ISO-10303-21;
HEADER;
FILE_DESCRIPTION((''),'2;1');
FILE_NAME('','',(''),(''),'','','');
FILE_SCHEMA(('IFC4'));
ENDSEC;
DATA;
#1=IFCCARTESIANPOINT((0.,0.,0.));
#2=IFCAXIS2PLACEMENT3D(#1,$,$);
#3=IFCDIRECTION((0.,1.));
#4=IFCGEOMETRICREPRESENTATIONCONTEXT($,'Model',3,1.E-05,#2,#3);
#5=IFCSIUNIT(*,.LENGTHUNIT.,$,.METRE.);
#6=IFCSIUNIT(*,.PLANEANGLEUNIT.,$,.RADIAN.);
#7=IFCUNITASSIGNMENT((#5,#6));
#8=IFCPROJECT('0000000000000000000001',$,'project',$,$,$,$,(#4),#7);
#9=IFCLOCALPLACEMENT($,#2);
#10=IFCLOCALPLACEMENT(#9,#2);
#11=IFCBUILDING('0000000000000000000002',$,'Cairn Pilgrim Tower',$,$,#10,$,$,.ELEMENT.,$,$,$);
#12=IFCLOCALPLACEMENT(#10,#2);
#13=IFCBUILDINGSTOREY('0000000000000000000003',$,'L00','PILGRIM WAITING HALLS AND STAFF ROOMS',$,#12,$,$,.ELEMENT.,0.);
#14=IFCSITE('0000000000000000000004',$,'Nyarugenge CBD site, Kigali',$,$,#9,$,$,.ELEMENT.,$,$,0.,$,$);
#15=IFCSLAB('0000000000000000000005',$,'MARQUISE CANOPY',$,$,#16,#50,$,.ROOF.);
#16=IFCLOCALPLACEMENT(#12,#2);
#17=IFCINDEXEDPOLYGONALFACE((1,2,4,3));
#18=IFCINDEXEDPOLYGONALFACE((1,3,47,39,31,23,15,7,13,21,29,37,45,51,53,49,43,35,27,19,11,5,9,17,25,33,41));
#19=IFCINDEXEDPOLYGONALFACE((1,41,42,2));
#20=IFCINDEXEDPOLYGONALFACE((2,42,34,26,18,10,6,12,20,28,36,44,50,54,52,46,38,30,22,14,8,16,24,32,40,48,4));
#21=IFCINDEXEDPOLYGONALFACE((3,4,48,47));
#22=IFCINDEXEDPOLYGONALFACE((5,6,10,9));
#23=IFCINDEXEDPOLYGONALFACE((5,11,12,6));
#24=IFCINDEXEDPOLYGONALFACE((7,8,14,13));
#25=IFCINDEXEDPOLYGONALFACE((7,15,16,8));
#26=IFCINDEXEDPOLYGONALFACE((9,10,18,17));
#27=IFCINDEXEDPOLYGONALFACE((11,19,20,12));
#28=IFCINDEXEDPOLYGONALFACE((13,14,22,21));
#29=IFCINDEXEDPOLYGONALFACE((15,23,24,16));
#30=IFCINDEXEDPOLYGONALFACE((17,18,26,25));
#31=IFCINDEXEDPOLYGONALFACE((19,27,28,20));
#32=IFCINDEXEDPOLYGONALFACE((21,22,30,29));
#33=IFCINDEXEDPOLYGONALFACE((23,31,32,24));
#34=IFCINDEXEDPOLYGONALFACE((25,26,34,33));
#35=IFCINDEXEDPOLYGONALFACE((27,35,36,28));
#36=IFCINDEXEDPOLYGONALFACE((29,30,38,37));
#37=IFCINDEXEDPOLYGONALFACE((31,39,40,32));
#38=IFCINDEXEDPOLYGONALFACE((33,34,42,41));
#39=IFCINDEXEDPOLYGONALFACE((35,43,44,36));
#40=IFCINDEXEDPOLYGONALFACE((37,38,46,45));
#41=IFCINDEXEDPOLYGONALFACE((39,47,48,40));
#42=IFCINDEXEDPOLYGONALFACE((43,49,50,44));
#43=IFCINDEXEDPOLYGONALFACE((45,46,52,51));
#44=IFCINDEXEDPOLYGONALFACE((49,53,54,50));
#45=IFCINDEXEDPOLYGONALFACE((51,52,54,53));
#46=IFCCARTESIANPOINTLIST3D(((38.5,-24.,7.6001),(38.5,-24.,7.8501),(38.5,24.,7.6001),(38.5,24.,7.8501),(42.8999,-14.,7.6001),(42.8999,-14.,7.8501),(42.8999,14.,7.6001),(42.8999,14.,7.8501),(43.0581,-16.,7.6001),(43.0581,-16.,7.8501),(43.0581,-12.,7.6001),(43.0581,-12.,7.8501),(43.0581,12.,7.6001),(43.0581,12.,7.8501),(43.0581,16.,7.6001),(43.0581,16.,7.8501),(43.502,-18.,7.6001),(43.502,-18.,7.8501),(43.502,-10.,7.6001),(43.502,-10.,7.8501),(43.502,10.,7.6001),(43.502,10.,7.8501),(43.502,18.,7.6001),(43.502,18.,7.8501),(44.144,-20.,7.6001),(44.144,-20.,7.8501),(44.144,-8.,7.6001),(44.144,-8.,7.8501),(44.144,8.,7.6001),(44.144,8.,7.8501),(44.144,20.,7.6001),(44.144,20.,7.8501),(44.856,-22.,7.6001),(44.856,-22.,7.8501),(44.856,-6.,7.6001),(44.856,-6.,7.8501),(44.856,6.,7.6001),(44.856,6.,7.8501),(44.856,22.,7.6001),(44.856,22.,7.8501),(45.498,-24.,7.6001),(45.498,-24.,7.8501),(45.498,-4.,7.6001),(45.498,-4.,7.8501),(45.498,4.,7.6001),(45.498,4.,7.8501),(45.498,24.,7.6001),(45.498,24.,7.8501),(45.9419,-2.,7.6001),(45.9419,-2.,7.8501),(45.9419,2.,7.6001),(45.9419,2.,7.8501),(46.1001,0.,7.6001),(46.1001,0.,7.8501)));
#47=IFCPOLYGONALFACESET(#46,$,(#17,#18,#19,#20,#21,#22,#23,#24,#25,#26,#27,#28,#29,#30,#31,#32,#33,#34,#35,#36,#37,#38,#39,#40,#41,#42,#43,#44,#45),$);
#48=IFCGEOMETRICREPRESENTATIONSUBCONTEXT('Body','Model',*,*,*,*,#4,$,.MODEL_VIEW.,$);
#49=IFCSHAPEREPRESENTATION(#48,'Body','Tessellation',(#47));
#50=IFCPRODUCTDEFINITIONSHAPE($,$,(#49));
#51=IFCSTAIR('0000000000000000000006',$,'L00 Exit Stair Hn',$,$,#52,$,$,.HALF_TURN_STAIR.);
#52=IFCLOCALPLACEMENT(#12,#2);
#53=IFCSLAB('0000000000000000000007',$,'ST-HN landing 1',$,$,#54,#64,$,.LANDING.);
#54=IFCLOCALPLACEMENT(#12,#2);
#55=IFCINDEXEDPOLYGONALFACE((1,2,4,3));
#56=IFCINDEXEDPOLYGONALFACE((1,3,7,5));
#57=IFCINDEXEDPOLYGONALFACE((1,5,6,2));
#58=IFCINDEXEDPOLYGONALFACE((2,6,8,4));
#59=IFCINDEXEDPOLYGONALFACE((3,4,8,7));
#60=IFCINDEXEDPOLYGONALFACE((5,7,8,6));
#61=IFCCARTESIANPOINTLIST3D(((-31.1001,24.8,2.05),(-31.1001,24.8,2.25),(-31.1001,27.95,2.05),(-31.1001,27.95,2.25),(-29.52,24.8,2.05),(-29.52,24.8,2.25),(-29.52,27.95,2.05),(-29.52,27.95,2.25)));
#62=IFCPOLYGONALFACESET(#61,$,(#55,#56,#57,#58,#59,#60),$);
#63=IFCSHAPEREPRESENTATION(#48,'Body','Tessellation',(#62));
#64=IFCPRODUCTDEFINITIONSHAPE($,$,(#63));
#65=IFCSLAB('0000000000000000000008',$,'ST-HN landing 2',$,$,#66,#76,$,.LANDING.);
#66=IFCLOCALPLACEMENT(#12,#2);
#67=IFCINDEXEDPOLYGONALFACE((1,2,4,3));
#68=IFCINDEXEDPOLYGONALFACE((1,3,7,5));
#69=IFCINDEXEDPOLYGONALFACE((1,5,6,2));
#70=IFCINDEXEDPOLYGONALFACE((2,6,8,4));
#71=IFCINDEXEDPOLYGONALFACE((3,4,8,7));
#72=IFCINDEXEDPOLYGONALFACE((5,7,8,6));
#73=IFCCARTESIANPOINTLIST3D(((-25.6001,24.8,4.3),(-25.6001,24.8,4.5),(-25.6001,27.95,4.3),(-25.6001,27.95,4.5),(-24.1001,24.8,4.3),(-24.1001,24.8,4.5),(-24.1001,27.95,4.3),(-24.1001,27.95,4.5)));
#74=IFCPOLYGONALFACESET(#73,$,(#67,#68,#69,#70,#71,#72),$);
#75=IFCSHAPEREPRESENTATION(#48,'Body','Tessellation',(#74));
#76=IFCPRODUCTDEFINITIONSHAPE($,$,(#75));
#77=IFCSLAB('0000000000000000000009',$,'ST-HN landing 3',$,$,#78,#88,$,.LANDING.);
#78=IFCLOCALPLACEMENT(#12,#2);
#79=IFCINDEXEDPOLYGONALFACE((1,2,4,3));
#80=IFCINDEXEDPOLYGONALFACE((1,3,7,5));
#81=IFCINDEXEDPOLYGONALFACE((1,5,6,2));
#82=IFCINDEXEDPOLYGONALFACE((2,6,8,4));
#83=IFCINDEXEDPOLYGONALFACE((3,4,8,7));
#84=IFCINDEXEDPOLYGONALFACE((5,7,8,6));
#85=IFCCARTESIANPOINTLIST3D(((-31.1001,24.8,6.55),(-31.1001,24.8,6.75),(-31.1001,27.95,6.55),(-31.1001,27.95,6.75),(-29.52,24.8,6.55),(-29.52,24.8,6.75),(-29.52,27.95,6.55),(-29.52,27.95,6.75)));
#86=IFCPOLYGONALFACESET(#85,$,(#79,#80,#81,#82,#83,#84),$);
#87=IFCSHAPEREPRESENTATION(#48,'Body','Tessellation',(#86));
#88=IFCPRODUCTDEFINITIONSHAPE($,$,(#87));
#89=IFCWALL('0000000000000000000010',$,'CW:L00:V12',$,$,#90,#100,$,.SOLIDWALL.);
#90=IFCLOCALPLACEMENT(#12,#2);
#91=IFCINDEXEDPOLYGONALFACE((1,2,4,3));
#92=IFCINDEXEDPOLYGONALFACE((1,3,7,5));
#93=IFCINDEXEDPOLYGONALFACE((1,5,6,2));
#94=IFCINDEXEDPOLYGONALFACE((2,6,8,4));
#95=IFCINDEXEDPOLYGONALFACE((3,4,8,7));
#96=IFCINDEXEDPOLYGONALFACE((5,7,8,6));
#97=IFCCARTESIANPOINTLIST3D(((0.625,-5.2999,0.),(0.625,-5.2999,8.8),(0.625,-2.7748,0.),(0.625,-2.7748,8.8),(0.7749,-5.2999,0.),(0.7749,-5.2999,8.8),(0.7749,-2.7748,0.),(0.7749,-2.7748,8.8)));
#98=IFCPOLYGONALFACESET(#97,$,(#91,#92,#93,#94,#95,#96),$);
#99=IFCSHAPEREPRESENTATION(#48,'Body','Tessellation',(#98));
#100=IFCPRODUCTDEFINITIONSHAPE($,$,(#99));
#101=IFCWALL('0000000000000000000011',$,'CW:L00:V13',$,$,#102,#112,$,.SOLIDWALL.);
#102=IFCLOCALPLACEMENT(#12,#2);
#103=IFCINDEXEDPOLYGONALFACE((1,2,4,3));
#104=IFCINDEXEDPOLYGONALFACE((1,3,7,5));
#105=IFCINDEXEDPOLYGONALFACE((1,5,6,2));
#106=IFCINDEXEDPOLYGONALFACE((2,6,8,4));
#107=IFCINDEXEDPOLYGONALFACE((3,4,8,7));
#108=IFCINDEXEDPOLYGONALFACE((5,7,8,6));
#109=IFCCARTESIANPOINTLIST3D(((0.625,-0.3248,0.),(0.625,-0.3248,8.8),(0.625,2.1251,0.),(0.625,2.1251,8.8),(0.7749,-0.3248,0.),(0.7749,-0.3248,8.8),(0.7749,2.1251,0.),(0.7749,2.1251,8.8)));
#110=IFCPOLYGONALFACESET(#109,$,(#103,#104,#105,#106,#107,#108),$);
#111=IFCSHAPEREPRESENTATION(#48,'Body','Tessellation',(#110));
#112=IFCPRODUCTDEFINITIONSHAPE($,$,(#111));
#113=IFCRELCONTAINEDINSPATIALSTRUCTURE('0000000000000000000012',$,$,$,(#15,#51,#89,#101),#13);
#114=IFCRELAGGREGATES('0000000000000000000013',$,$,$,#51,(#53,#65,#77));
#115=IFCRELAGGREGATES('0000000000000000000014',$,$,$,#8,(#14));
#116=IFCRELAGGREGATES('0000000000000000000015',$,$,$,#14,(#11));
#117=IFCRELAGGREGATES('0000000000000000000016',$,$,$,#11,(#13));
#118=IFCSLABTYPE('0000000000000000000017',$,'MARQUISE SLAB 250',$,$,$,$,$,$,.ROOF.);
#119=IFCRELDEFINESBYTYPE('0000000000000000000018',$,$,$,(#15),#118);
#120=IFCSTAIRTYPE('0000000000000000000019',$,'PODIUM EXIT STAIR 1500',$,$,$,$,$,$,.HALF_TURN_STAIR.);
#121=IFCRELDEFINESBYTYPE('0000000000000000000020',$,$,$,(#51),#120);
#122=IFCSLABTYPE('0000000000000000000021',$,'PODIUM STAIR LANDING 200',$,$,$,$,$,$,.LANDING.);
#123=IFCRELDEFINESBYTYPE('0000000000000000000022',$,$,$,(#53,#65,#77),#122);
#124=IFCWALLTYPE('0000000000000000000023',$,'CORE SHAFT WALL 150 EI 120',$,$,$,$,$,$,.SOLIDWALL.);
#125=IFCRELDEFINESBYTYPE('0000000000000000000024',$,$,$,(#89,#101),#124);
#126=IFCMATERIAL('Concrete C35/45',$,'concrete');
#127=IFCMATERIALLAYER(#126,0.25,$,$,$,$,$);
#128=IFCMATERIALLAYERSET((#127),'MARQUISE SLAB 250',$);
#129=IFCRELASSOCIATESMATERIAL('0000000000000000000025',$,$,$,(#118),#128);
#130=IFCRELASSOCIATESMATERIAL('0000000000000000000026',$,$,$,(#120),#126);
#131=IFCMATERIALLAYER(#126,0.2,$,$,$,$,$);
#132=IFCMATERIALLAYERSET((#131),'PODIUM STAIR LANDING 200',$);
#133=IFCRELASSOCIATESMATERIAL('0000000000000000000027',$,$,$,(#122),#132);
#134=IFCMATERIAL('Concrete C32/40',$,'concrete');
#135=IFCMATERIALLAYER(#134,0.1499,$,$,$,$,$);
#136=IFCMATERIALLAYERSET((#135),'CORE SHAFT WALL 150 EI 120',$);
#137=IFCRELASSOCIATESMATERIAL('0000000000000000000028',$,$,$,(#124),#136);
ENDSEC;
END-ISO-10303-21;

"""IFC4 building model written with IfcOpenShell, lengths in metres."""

from ifc_helpers import new_model, si_unit, direction, frame, frame_2d, origin, place, context, subcontext, project, spatial, polyline, rectangle, outline, extrude, material, layer, layer_set, type_object, element, aggregate, save


model = new_model("IFC4")

# Units and contexts
model_context = context("Model", 3, precision=1e-05, world=origin(), true_north=direction((0.0, 1.0)))
body_context = subcontext(model_context, "Body", "Model", "MODEL_VIEW")
ifc_project = project(units=[si_unit("LENGTHUNIT", "METRE"), si_unit("PLANEANGLEUNIT", "RADIAN")], contexts=[model_context])

# Site, building, storey
site_placement = place(None, origin())
site = spatial("IfcSite", under=ifc_project, at=site_placement, Name="Nyarugenge CBD site, Kigali", CompositionType="ELEMENT", RefElevation=0.0)
building_placement = place(site_placement, origin())
building = spatial("IfcBuilding", under=site, at=building_placement, Name="Cairn Pilgrim Tower", CompositionType="ELEMENT")
storey_placement = place(building_placement, origin())
storey = spatial("IfcBuildingStorey", under=building, at=storey_placement, Name="L00", Description="PILGRIM WAITING HALLS AND STAFF ROOMS", CompositionType="ELEMENT", Elevation=0.0)

# Slab
ifc_material_1 = material(Name="Concrete C32/40", Category="concrete")
ifc_material_2 = material(Name="Concrete C35/45", Category="concrete")
ifc_layer_1 = layer(ifc_material_2, 0.25)
ifc_layer_set_1 = layer_set([ifc_layer_1], Name="MARQUISE SLAB 250")
slab_type_1 = type_object("IfcSlabType", Name="MARQUISE SLAB 250", PredefinedType="ROOF", material=ifc_layer_set_1)
slab_1_placement = place(storey_placement, frame((0.0, 0.0, 7.6001)))
element("IfcSlab", 1, at=slab_1_placement, inside=storey, type_object=slab_type_1, Name="MARQUISE CANOPY", PredefinedType="ROOF", context=body_context, shape_type="SweptSolid", body=[
    extrude(outline(polyline([(38.5, -24.0), (45.498, -24.0), (44.856, -22.0), (44.144, -20.0), (43.502, -18.0), (43.0581, -16.0), (42.8999, -14.0), (43.0581, -12.0), (43.502, -10.0), (44.144, -8.0), (44.856, -6.0), (45.498, -4.0), (45.9419, -2.0), (46.1001, 0.0), (45.9419, 2.0), (45.498, 4.0), (44.856, 6.0), (44.144, 8.0), (43.502, 10.0), (43.0581, 12.0), (42.8999, 14.0), (43.0581, 16.0), (43.502, 18.0), (44.144, 20.0), (44.856, 22.0), (45.498, 24.0), (38.5, 24.0), (38.5, -24.0)])), origin(), (0.0, 0.0, 1.0), 0.25),
])

# Stair, slabs
stair_type = type_object("IfcStairType", Name="PODIUM EXIT STAIR 1500", PredefinedType="HALF_TURN_STAIR", material=ifc_material_2)
stair_placement = place(storey_placement, origin())
stair = element("IfcStair", 2, at=stair_placement, inside=storey, type_object=stair_type, Name="L00 Exit Stair Hn", PredefinedType="HALF_TURN_STAIR")
ifc_layer_2 = layer(ifc_material_2, 0.2)
ifc_layer_set_2 = layer_set([ifc_layer_2], Name="PODIUM STAIR LANDING 200")
slab_type_2 = type_object("IfcSlabType", Name="PODIUM STAIR LANDING 200", PredefinedType="LANDING", material=ifc_layer_set_2)
slab_2_placement = place(storey_placement, frame((0.0, 0.0, 2.05)))
slab_2 = element("IfcSlab", 3, at=slab_2_placement, type_object=slab_type_2, Name="ST-HN landing 1", PredefinedType="LANDING", context=body_context, shape_type="SweptSolid", body=[
    extrude(outline(polyline([(-29.52, 27.95), (-31.1001, 27.95), (-31.1001, 24.8), (-29.52, 24.8), (-29.52, 27.95)])), origin(), (0.0, 0.0, 1.0), 0.2),
])
slab_3_placement = place(storey_placement, frame((0.0, 0.0, 4.3)))
slab_3 = element("IfcSlab", 4, at=slab_3_placement, type_object=slab_type_2, Name="ST-HN landing 2", PredefinedType="LANDING", context=body_context, shape_type="SweptSolid", body=[
    extrude(outline(polyline([(-24.1001, 27.95), (-25.6001, 27.95), (-25.6001, 24.8), (-24.1001, 24.8), (-24.1001, 27.95)])), origin(), (0.0, 0.0, 1.0), 0.2),
])
slab_4_placement = place(storey_placement, frame((0.0, 0.0, 6.55)))
slab_4 = element("IfcSlab", 5, at=slab_4_placement, type_object=slab_type_2, Name="ST-HN landing 3", PredefinedType="LANDING", context=body_context, shape_type="SweptSolid", body=[
    extrude(outline(polyline([(-29.52, 27.95), (-31.1001, 27.95), (-31.1001, 24.8), (-29.52, 24.8), (-29.52, 27.95)])), origin(), (0.0, 0.0, 1.0), 0.2),
])
aggregate(stair, [slab_2, slab_3, slab_4])

# Walls
ifc_layer_3 = layer(ifc_material_1, 0.1499)
ifc_layer_set_3 = layer_set([ifc_layer_3], Name="CORE SHAFT WALL 150 EI 120")
wall_type = type_object("IfcWallType", Name="CORE SHAFT WALL 150 EI 120", PredefinedType="SOLIDWALL", material=ifc_layer_set_3)
wall_1_placement = place(storey_placement, frame((0.7, -5.3, 0.0), z_axis=(0.0, 0.0, 1.0), x_axis=(0.0, 1.0, 0.0)))
element("IfcWall", 6, at=wall_1_placement, inside=storey, type_object=wall_type, Name="CW:L00:V12", PredefinedType="SOLIDWALL", context=body_context, shape_type="SweptSolid", body=[
    extrude(rectangle(XDim=2.5251, YDim=0.1499, at=frame_2d((1.2627, 0.0))), origin(), (0.0, 0.0, 1.0), 8.8),
])
wall_2_placement = place(storey_placement, frame((0.7, -0.325, 0.0), z_axis=(0.0, 0.0, 1.0), x_axis=(0.0, 1.0, 0.0)))
element("IfcWall", 7, at=wall_2_placement, inside=storey, type_object=wall_type, Name="CW:L00:V13", PredefinedType="SOLIDWALL", context=body_context, shape_type="SweptSolid", body=[
    extrude(rectangle(XDim=2.45, YDim=0.1499, at=frame_2d((1.2251, 0.0))), origin(), (0.0, 0.0, 1.0), 8.8),
])

save(model, "model.ifc")
